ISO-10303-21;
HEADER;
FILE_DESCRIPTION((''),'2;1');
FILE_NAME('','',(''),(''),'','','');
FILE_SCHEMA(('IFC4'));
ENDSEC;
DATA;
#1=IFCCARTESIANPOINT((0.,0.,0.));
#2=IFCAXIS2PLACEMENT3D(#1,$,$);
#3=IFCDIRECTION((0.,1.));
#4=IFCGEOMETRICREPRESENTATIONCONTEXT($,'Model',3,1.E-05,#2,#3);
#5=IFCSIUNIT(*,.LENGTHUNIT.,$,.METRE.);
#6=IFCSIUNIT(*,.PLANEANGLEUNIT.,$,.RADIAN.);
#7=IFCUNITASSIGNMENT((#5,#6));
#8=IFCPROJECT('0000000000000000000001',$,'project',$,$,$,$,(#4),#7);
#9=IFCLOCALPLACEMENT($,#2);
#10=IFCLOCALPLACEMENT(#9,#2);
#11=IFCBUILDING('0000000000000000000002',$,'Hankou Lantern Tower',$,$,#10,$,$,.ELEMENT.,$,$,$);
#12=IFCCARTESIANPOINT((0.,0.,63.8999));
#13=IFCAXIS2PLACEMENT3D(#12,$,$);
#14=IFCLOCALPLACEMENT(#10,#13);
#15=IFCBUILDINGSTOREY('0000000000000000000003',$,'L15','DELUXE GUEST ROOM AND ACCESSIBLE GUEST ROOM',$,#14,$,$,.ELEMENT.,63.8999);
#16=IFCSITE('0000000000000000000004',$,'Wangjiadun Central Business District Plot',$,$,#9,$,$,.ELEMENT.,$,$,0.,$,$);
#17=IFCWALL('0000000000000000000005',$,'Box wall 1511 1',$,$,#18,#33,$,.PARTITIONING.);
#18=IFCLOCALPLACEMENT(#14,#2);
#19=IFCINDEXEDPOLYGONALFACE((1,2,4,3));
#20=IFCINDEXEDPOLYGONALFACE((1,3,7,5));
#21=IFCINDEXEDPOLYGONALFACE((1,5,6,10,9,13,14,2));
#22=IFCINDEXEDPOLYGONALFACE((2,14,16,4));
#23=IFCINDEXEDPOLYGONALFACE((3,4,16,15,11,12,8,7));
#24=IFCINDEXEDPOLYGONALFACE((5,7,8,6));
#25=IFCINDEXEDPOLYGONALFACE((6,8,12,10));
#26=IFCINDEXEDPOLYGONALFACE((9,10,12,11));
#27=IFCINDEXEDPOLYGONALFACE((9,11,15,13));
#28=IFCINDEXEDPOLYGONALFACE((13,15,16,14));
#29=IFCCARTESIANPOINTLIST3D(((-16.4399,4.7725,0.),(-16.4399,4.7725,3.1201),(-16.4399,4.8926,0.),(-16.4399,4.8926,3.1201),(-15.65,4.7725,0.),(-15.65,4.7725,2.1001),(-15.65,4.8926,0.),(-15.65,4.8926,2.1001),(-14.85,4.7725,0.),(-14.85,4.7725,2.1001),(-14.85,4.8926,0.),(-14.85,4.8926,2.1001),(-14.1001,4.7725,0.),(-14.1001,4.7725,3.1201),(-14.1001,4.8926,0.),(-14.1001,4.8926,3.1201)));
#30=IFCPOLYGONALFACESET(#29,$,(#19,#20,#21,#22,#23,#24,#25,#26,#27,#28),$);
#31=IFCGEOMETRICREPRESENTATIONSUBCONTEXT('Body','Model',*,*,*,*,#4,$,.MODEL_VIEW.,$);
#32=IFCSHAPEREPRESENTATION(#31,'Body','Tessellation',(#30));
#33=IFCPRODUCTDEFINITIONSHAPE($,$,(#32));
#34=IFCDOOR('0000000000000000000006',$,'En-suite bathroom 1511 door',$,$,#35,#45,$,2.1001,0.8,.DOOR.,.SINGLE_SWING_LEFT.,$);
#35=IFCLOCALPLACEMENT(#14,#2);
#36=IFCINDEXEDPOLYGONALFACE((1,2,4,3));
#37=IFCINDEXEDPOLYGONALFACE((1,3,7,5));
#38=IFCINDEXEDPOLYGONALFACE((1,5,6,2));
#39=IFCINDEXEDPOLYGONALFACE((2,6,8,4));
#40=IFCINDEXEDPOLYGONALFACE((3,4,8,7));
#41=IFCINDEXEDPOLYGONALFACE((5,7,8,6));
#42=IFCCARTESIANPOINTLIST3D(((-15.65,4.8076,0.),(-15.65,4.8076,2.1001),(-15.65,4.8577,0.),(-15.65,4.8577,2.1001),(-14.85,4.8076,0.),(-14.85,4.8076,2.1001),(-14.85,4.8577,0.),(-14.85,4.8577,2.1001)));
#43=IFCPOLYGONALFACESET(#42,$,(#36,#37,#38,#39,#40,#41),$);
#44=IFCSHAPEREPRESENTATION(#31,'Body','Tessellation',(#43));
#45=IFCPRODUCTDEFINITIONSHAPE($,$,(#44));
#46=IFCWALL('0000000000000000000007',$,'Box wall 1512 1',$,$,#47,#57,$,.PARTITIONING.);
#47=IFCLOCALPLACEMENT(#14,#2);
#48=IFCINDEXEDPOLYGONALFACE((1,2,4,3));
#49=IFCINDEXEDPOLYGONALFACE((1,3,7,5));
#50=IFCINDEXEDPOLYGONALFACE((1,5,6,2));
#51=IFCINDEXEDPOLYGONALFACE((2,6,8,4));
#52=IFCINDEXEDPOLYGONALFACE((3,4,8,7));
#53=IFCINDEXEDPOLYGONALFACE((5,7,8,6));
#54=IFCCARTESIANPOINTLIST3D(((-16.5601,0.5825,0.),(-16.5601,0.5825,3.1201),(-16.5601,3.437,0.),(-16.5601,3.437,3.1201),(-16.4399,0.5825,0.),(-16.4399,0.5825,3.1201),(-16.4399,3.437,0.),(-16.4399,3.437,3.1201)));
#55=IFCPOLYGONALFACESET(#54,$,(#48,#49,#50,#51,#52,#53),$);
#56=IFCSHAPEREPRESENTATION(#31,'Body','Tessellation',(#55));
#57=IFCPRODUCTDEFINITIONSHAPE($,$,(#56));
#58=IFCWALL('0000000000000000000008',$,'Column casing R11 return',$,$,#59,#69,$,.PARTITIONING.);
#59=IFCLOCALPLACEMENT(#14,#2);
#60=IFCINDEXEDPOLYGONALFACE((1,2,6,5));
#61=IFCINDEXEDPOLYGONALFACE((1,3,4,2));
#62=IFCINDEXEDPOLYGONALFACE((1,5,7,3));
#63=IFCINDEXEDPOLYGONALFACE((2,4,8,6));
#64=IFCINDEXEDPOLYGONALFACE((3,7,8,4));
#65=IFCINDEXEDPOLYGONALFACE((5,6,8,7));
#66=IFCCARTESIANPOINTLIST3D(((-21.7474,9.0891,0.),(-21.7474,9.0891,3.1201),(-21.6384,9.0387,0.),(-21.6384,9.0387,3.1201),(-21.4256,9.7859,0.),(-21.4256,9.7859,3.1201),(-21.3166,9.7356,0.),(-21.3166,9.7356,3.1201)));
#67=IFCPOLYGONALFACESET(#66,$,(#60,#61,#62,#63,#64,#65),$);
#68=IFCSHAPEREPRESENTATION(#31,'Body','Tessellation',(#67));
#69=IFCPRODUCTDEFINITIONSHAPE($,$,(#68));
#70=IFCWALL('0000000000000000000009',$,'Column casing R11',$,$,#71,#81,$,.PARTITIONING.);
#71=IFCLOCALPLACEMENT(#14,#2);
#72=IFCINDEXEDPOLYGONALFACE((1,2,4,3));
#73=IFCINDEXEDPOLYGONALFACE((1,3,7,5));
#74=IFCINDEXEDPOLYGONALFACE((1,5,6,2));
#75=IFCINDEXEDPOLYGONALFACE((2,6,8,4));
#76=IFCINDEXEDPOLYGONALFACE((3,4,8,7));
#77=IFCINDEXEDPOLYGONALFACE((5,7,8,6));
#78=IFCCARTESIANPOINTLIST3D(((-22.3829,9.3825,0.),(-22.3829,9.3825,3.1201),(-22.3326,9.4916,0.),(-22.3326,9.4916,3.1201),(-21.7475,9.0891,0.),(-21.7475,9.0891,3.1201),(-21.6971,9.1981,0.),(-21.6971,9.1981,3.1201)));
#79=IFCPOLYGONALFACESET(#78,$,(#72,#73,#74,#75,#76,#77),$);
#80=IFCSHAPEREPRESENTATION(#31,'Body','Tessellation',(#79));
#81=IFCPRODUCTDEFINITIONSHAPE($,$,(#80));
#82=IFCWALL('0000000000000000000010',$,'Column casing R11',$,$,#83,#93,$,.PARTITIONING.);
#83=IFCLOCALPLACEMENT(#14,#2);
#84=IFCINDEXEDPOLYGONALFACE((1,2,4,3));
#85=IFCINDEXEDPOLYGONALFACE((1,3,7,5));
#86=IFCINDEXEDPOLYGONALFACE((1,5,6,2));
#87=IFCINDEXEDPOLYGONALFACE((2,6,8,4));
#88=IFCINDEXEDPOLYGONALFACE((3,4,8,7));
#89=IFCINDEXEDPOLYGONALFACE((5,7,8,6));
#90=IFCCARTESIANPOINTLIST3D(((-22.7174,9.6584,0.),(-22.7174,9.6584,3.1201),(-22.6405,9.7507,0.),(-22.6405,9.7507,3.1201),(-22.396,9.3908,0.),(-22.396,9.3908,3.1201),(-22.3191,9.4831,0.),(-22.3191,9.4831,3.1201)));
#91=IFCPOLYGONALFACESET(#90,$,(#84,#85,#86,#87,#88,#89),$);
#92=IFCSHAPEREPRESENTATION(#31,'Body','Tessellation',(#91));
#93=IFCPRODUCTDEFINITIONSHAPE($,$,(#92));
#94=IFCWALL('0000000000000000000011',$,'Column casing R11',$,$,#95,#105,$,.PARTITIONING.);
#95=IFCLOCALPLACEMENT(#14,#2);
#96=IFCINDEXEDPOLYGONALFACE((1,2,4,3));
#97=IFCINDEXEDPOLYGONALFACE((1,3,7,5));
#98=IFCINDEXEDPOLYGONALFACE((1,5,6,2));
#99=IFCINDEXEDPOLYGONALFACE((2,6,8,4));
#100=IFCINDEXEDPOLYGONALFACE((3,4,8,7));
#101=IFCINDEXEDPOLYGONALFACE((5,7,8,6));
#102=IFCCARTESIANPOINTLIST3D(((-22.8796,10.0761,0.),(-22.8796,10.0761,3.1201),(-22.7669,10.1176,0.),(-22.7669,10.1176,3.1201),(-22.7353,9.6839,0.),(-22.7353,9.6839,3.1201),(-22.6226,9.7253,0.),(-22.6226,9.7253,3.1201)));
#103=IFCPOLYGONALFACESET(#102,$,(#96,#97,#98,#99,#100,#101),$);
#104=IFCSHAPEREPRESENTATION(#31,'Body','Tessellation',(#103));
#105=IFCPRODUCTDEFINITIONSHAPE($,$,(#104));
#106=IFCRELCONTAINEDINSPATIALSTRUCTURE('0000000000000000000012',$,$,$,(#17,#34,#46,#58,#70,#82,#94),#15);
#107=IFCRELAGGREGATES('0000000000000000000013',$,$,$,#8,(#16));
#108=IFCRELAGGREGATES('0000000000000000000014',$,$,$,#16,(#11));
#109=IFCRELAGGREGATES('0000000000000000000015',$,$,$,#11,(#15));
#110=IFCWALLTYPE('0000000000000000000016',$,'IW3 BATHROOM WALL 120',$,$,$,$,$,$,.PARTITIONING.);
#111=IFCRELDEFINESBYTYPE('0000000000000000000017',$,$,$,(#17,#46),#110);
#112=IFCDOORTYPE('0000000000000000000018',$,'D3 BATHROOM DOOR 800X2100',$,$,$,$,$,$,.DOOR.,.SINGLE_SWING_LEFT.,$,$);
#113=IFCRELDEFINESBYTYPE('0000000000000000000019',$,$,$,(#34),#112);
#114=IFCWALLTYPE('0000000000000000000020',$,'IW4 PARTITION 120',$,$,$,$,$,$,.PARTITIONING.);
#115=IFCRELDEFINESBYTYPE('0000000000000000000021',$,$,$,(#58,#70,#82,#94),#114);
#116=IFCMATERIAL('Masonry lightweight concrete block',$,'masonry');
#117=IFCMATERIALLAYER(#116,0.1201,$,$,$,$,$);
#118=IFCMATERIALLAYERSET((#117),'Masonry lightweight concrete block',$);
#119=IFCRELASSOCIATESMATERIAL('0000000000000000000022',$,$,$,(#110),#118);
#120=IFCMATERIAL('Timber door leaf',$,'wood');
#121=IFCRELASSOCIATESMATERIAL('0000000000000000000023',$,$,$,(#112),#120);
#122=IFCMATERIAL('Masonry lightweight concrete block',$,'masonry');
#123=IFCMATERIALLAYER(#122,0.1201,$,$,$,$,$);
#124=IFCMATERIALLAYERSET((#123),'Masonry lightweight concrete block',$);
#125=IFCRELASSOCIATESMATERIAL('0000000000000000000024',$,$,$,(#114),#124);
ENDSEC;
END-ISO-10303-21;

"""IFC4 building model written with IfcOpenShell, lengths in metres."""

from ifc_helpers import new_model, si_unit, direction, frame, frame_2d, origin, place, context, subcontext, project, spatial, rectangle, extrude, material, layer, layer_set, type_object, element, fill, save


model = new_model("IFC4")

# Units and contexts
model_context = context("Model", 3, precision=1e-05, world=origin(), true_north=direction((0.0, 1.0)))
body_context = subcontext(model_context, "Body", "Model", "MODEL_VIEW")
ifc_project = project(units=[si_unit("LENGTHUNIT", "METRE"), si_unit("PLANEANGLEUNIT", "RADIAN")], contexts=[model_context])

# Site, building, storey
site_placement = place(None, origin())
site = spatial("IfcSite", under=ifc_project, at=site_placement, Name="Wangjiadun Central Business District Plot", CompositionType="ELEMENT", RefElevation=0.0)
building_placement = place(site_placement, origin())
building = spatial("IfcBuilding", under=site, at=building_placement, Name="Hankou Lantern Tower", CompositionType="ELEMENT")
storey_placement = place(building_placement, frame((0.0, 0.0, 63.8999)))
storey = spatial("IfcBuildingStorey", under=building, at=storey_placement, Name="L15", Description="DELUXE GUEST ROOM AND ACCESSIBLE GUEST ROOM", CompositionType="ELEMENT", Elevation=63.8999)

# Shared definitions
ifc_material_1 = material(Name="Masonry lightweight concrete block", Category="masonry")
ifc_layer_1 = layer(ifc_material_1, 0.1201)
ifc_layer_set_1 = layer_set([ifc_layer_1], Name="Masonry lightweight concrete block")
wall_type_1 = type_object("IfcWallType", Name="IW3 BATHROOM WALL 120", PredefinedType="PARTITIONING", material=ifc_layer_set_1)

# Shared definitions
ifc_material_2 = material(Name="Timber door leaf", Category="wood")
door_type_1 = type_object("IfcDoorType", Name="D3 BATHROOM DOOR 800X2100", OperationType="SINGLE_SWING_LEFT", PredefinedType="DOOR", material=ifc_material_2)

# Wall, opening, door
wall_1_placement = place(storey_placement, frame((-14.1001, 4.8325, 0.0), z_axis=(0.0, 0.0, 1.0), x_axis=(-1.0, 0.0, 0.0)))
wall_1 = element("IfcWall", 1, at=wall_1_placement, inside=storey, type_object=wall_type_1, Name="Box wall 1511 1", PredefinedType="PARTITIONING", context=body_context, shape_type="SweptSolid", body=[
    extrude(rectangle(XDim=2.3398, YDim=0.1201, at=frame_2d((1.1699, 0.0))), origin(), (0.0, 0.0, 1.0), 3.1201),
])
opening_1_placement = place(wall_1_placement, frame((0.75, 0.0, 0.0)))
opening_1 = element("IfcOpeningElement", 2, at=opening_1_placement, cuts=wall_1, PredefinedType="OPENING", context=body_context, shape_type="SweptSolid", body=[
    extrude(rectangle(XDim=0.8, YDim=2.1001, at=frame_2d((0.3999, 1.05))), frame((0.0, 0.0701, 0.0), z_axis=(0.0, -1.0, 0.0), x_axis=(1.0, 0.0, 0.0)), (0.0, 0.0, 1.0), 0.1401),
])
door_1_placement = place(opening_1_placement, origin())
door_1 = element("IfcDoor", 3, at=door_1_placement, inside=storey, type_object=door_type_1, Name="En-suite bathroom 1511 door", OperationType="SINGLE_SWING_LEFT", OverallHeight=2.1001, OverallWidth=0.8, PredefinedType="DOOR", context=body_context, shape_type="SweptSolid", body=[
    extrude(rectangle(XDim=0.8, YDim=2.1001, at=frame_2d((0.3999, 1.05))), frame((0.0, 0.0249, 0.0), z_axis=(0.0, -1.0, 0.0), x_axis=(1.0, 0.0, 0.0)), (0.0, 0.0, 1.0), 0.05),
])
fill(opening_1, door_1)

# Walls
wall_2_placement = place(storey_placement, frame((-16.5, 3.437, 0.0), z_axis=(0.0, 0.0, 1.0), x_axis=(0.0, -1.0, 0.0)))
element("IfcWall", 4, at=wall_2_placement, inside=storey, type_object=wall_type_1, Name="Box wall 1512 1", PredefinedType="PARTITIONING", context=body_context, shape_type="SweptSolid", body=[
    extrude(rectangle(XDim=2.8545, YDim=0.1201, at=frame_2d((1.4272, 0.0))), origin(), (0.0, 0.0, 1.0), 3.1201),
])
ifc_material_3 = material(Name="Masonry lightweight concrete block", Category="masonry")
ifc_layer_2 = layer(ifc_material_3, 0.1201)
ifc_layer_set_2 = layer_set([ifc_layer_2], Name="Masonry lightweight concrete block")
wall_type_2 = type_object("IfcWallType", Name="IW4 PARTITION 120", PredefinedType="PARTITIONING", material=ifc_layer_set_2)
wall_3_placement = place(storey_placement, frame((-21.3711, 9.7607, 0.0), z_axis=(0.0, 0.0, 1.0), x_axis=(-0.41926, -0.907866, 0.0)))
element("IfcWall", 5, at=wall_3_placement, inside=storey, type_object=wall_type_2, Name="Column casing R11 return", PredefinedType="PARTITIONING", context=body_context, shape_type="SweptSolid", body=[
    extrude(rectangle(XDim=0.7676, YDim=0.1201, at=frame_2d((0.3838, 0.0))), origin(), (0.0, 0.0, 1.0), 3.1201),
])
wall_4_placement = place(storey_placement, frame((-21.7222, 9.1436, 0.0), z_axis=(0.0, 0.0, 1.0), x_axis=(-0.907878, 0.419235, 0.0)))
element("IfcWall", 6, at=wall_4_placement, inside=storey, type_object=wall_type_2, Name="Column casing R11", PredefinedType="PARTITIONING", context=body_context, shape_type="SweptSolid", body=[
    extrude(rectangle(XDim=0.7, YDim=0.1201, at=frame_2d((0.3501, 0.0))), origin(), (0.0, 0.0, 1.0), 3.1201),
])
wall_5_placement = place(storey_placement, frame((-22.3577, 9.437, 0.0), z_axis=(0.0, 0.0, 1.0), x_axis=(-0.768413, 0.639955, 0.0)))
element("IfcWall", 7, at=wall_5_placement, inside=storey, type_object=wall_type_2, Name="Column casing R11", PredefinedType="PARTITIONING", context=body_context, shape_type="SweptSolid", body=[
    extrude(rectangle(XDim=0.4182, YDim=0.1201, at=frame_2d((0.209, 0.0))), origin(), (0.0, 0.0, 1.0), 3.1201),
])
wall_6_placement = place(storey_placement, frame((-22.679, 9.7046, 0.0), z_axis=(0.0, 0.0, 1.0), x_axis=(-0.345164, 0.938542, 0.0)))
element("IfcWall", 8, at=wall_6_placement, inside=storey, type_object=wall_type_2, Name="Column casing R11", PredefinedType="PARTITIONING", context=body_context, shape_type="SweptSolid", body=[
    extrude(rectangle(XDim=0.418, YDim=0.1201, at=frame_2d((0.209, 0.0))), origin(), (0.0, 0.0, 1.0), 3.1201),
])

save(model, "model.ifc")
